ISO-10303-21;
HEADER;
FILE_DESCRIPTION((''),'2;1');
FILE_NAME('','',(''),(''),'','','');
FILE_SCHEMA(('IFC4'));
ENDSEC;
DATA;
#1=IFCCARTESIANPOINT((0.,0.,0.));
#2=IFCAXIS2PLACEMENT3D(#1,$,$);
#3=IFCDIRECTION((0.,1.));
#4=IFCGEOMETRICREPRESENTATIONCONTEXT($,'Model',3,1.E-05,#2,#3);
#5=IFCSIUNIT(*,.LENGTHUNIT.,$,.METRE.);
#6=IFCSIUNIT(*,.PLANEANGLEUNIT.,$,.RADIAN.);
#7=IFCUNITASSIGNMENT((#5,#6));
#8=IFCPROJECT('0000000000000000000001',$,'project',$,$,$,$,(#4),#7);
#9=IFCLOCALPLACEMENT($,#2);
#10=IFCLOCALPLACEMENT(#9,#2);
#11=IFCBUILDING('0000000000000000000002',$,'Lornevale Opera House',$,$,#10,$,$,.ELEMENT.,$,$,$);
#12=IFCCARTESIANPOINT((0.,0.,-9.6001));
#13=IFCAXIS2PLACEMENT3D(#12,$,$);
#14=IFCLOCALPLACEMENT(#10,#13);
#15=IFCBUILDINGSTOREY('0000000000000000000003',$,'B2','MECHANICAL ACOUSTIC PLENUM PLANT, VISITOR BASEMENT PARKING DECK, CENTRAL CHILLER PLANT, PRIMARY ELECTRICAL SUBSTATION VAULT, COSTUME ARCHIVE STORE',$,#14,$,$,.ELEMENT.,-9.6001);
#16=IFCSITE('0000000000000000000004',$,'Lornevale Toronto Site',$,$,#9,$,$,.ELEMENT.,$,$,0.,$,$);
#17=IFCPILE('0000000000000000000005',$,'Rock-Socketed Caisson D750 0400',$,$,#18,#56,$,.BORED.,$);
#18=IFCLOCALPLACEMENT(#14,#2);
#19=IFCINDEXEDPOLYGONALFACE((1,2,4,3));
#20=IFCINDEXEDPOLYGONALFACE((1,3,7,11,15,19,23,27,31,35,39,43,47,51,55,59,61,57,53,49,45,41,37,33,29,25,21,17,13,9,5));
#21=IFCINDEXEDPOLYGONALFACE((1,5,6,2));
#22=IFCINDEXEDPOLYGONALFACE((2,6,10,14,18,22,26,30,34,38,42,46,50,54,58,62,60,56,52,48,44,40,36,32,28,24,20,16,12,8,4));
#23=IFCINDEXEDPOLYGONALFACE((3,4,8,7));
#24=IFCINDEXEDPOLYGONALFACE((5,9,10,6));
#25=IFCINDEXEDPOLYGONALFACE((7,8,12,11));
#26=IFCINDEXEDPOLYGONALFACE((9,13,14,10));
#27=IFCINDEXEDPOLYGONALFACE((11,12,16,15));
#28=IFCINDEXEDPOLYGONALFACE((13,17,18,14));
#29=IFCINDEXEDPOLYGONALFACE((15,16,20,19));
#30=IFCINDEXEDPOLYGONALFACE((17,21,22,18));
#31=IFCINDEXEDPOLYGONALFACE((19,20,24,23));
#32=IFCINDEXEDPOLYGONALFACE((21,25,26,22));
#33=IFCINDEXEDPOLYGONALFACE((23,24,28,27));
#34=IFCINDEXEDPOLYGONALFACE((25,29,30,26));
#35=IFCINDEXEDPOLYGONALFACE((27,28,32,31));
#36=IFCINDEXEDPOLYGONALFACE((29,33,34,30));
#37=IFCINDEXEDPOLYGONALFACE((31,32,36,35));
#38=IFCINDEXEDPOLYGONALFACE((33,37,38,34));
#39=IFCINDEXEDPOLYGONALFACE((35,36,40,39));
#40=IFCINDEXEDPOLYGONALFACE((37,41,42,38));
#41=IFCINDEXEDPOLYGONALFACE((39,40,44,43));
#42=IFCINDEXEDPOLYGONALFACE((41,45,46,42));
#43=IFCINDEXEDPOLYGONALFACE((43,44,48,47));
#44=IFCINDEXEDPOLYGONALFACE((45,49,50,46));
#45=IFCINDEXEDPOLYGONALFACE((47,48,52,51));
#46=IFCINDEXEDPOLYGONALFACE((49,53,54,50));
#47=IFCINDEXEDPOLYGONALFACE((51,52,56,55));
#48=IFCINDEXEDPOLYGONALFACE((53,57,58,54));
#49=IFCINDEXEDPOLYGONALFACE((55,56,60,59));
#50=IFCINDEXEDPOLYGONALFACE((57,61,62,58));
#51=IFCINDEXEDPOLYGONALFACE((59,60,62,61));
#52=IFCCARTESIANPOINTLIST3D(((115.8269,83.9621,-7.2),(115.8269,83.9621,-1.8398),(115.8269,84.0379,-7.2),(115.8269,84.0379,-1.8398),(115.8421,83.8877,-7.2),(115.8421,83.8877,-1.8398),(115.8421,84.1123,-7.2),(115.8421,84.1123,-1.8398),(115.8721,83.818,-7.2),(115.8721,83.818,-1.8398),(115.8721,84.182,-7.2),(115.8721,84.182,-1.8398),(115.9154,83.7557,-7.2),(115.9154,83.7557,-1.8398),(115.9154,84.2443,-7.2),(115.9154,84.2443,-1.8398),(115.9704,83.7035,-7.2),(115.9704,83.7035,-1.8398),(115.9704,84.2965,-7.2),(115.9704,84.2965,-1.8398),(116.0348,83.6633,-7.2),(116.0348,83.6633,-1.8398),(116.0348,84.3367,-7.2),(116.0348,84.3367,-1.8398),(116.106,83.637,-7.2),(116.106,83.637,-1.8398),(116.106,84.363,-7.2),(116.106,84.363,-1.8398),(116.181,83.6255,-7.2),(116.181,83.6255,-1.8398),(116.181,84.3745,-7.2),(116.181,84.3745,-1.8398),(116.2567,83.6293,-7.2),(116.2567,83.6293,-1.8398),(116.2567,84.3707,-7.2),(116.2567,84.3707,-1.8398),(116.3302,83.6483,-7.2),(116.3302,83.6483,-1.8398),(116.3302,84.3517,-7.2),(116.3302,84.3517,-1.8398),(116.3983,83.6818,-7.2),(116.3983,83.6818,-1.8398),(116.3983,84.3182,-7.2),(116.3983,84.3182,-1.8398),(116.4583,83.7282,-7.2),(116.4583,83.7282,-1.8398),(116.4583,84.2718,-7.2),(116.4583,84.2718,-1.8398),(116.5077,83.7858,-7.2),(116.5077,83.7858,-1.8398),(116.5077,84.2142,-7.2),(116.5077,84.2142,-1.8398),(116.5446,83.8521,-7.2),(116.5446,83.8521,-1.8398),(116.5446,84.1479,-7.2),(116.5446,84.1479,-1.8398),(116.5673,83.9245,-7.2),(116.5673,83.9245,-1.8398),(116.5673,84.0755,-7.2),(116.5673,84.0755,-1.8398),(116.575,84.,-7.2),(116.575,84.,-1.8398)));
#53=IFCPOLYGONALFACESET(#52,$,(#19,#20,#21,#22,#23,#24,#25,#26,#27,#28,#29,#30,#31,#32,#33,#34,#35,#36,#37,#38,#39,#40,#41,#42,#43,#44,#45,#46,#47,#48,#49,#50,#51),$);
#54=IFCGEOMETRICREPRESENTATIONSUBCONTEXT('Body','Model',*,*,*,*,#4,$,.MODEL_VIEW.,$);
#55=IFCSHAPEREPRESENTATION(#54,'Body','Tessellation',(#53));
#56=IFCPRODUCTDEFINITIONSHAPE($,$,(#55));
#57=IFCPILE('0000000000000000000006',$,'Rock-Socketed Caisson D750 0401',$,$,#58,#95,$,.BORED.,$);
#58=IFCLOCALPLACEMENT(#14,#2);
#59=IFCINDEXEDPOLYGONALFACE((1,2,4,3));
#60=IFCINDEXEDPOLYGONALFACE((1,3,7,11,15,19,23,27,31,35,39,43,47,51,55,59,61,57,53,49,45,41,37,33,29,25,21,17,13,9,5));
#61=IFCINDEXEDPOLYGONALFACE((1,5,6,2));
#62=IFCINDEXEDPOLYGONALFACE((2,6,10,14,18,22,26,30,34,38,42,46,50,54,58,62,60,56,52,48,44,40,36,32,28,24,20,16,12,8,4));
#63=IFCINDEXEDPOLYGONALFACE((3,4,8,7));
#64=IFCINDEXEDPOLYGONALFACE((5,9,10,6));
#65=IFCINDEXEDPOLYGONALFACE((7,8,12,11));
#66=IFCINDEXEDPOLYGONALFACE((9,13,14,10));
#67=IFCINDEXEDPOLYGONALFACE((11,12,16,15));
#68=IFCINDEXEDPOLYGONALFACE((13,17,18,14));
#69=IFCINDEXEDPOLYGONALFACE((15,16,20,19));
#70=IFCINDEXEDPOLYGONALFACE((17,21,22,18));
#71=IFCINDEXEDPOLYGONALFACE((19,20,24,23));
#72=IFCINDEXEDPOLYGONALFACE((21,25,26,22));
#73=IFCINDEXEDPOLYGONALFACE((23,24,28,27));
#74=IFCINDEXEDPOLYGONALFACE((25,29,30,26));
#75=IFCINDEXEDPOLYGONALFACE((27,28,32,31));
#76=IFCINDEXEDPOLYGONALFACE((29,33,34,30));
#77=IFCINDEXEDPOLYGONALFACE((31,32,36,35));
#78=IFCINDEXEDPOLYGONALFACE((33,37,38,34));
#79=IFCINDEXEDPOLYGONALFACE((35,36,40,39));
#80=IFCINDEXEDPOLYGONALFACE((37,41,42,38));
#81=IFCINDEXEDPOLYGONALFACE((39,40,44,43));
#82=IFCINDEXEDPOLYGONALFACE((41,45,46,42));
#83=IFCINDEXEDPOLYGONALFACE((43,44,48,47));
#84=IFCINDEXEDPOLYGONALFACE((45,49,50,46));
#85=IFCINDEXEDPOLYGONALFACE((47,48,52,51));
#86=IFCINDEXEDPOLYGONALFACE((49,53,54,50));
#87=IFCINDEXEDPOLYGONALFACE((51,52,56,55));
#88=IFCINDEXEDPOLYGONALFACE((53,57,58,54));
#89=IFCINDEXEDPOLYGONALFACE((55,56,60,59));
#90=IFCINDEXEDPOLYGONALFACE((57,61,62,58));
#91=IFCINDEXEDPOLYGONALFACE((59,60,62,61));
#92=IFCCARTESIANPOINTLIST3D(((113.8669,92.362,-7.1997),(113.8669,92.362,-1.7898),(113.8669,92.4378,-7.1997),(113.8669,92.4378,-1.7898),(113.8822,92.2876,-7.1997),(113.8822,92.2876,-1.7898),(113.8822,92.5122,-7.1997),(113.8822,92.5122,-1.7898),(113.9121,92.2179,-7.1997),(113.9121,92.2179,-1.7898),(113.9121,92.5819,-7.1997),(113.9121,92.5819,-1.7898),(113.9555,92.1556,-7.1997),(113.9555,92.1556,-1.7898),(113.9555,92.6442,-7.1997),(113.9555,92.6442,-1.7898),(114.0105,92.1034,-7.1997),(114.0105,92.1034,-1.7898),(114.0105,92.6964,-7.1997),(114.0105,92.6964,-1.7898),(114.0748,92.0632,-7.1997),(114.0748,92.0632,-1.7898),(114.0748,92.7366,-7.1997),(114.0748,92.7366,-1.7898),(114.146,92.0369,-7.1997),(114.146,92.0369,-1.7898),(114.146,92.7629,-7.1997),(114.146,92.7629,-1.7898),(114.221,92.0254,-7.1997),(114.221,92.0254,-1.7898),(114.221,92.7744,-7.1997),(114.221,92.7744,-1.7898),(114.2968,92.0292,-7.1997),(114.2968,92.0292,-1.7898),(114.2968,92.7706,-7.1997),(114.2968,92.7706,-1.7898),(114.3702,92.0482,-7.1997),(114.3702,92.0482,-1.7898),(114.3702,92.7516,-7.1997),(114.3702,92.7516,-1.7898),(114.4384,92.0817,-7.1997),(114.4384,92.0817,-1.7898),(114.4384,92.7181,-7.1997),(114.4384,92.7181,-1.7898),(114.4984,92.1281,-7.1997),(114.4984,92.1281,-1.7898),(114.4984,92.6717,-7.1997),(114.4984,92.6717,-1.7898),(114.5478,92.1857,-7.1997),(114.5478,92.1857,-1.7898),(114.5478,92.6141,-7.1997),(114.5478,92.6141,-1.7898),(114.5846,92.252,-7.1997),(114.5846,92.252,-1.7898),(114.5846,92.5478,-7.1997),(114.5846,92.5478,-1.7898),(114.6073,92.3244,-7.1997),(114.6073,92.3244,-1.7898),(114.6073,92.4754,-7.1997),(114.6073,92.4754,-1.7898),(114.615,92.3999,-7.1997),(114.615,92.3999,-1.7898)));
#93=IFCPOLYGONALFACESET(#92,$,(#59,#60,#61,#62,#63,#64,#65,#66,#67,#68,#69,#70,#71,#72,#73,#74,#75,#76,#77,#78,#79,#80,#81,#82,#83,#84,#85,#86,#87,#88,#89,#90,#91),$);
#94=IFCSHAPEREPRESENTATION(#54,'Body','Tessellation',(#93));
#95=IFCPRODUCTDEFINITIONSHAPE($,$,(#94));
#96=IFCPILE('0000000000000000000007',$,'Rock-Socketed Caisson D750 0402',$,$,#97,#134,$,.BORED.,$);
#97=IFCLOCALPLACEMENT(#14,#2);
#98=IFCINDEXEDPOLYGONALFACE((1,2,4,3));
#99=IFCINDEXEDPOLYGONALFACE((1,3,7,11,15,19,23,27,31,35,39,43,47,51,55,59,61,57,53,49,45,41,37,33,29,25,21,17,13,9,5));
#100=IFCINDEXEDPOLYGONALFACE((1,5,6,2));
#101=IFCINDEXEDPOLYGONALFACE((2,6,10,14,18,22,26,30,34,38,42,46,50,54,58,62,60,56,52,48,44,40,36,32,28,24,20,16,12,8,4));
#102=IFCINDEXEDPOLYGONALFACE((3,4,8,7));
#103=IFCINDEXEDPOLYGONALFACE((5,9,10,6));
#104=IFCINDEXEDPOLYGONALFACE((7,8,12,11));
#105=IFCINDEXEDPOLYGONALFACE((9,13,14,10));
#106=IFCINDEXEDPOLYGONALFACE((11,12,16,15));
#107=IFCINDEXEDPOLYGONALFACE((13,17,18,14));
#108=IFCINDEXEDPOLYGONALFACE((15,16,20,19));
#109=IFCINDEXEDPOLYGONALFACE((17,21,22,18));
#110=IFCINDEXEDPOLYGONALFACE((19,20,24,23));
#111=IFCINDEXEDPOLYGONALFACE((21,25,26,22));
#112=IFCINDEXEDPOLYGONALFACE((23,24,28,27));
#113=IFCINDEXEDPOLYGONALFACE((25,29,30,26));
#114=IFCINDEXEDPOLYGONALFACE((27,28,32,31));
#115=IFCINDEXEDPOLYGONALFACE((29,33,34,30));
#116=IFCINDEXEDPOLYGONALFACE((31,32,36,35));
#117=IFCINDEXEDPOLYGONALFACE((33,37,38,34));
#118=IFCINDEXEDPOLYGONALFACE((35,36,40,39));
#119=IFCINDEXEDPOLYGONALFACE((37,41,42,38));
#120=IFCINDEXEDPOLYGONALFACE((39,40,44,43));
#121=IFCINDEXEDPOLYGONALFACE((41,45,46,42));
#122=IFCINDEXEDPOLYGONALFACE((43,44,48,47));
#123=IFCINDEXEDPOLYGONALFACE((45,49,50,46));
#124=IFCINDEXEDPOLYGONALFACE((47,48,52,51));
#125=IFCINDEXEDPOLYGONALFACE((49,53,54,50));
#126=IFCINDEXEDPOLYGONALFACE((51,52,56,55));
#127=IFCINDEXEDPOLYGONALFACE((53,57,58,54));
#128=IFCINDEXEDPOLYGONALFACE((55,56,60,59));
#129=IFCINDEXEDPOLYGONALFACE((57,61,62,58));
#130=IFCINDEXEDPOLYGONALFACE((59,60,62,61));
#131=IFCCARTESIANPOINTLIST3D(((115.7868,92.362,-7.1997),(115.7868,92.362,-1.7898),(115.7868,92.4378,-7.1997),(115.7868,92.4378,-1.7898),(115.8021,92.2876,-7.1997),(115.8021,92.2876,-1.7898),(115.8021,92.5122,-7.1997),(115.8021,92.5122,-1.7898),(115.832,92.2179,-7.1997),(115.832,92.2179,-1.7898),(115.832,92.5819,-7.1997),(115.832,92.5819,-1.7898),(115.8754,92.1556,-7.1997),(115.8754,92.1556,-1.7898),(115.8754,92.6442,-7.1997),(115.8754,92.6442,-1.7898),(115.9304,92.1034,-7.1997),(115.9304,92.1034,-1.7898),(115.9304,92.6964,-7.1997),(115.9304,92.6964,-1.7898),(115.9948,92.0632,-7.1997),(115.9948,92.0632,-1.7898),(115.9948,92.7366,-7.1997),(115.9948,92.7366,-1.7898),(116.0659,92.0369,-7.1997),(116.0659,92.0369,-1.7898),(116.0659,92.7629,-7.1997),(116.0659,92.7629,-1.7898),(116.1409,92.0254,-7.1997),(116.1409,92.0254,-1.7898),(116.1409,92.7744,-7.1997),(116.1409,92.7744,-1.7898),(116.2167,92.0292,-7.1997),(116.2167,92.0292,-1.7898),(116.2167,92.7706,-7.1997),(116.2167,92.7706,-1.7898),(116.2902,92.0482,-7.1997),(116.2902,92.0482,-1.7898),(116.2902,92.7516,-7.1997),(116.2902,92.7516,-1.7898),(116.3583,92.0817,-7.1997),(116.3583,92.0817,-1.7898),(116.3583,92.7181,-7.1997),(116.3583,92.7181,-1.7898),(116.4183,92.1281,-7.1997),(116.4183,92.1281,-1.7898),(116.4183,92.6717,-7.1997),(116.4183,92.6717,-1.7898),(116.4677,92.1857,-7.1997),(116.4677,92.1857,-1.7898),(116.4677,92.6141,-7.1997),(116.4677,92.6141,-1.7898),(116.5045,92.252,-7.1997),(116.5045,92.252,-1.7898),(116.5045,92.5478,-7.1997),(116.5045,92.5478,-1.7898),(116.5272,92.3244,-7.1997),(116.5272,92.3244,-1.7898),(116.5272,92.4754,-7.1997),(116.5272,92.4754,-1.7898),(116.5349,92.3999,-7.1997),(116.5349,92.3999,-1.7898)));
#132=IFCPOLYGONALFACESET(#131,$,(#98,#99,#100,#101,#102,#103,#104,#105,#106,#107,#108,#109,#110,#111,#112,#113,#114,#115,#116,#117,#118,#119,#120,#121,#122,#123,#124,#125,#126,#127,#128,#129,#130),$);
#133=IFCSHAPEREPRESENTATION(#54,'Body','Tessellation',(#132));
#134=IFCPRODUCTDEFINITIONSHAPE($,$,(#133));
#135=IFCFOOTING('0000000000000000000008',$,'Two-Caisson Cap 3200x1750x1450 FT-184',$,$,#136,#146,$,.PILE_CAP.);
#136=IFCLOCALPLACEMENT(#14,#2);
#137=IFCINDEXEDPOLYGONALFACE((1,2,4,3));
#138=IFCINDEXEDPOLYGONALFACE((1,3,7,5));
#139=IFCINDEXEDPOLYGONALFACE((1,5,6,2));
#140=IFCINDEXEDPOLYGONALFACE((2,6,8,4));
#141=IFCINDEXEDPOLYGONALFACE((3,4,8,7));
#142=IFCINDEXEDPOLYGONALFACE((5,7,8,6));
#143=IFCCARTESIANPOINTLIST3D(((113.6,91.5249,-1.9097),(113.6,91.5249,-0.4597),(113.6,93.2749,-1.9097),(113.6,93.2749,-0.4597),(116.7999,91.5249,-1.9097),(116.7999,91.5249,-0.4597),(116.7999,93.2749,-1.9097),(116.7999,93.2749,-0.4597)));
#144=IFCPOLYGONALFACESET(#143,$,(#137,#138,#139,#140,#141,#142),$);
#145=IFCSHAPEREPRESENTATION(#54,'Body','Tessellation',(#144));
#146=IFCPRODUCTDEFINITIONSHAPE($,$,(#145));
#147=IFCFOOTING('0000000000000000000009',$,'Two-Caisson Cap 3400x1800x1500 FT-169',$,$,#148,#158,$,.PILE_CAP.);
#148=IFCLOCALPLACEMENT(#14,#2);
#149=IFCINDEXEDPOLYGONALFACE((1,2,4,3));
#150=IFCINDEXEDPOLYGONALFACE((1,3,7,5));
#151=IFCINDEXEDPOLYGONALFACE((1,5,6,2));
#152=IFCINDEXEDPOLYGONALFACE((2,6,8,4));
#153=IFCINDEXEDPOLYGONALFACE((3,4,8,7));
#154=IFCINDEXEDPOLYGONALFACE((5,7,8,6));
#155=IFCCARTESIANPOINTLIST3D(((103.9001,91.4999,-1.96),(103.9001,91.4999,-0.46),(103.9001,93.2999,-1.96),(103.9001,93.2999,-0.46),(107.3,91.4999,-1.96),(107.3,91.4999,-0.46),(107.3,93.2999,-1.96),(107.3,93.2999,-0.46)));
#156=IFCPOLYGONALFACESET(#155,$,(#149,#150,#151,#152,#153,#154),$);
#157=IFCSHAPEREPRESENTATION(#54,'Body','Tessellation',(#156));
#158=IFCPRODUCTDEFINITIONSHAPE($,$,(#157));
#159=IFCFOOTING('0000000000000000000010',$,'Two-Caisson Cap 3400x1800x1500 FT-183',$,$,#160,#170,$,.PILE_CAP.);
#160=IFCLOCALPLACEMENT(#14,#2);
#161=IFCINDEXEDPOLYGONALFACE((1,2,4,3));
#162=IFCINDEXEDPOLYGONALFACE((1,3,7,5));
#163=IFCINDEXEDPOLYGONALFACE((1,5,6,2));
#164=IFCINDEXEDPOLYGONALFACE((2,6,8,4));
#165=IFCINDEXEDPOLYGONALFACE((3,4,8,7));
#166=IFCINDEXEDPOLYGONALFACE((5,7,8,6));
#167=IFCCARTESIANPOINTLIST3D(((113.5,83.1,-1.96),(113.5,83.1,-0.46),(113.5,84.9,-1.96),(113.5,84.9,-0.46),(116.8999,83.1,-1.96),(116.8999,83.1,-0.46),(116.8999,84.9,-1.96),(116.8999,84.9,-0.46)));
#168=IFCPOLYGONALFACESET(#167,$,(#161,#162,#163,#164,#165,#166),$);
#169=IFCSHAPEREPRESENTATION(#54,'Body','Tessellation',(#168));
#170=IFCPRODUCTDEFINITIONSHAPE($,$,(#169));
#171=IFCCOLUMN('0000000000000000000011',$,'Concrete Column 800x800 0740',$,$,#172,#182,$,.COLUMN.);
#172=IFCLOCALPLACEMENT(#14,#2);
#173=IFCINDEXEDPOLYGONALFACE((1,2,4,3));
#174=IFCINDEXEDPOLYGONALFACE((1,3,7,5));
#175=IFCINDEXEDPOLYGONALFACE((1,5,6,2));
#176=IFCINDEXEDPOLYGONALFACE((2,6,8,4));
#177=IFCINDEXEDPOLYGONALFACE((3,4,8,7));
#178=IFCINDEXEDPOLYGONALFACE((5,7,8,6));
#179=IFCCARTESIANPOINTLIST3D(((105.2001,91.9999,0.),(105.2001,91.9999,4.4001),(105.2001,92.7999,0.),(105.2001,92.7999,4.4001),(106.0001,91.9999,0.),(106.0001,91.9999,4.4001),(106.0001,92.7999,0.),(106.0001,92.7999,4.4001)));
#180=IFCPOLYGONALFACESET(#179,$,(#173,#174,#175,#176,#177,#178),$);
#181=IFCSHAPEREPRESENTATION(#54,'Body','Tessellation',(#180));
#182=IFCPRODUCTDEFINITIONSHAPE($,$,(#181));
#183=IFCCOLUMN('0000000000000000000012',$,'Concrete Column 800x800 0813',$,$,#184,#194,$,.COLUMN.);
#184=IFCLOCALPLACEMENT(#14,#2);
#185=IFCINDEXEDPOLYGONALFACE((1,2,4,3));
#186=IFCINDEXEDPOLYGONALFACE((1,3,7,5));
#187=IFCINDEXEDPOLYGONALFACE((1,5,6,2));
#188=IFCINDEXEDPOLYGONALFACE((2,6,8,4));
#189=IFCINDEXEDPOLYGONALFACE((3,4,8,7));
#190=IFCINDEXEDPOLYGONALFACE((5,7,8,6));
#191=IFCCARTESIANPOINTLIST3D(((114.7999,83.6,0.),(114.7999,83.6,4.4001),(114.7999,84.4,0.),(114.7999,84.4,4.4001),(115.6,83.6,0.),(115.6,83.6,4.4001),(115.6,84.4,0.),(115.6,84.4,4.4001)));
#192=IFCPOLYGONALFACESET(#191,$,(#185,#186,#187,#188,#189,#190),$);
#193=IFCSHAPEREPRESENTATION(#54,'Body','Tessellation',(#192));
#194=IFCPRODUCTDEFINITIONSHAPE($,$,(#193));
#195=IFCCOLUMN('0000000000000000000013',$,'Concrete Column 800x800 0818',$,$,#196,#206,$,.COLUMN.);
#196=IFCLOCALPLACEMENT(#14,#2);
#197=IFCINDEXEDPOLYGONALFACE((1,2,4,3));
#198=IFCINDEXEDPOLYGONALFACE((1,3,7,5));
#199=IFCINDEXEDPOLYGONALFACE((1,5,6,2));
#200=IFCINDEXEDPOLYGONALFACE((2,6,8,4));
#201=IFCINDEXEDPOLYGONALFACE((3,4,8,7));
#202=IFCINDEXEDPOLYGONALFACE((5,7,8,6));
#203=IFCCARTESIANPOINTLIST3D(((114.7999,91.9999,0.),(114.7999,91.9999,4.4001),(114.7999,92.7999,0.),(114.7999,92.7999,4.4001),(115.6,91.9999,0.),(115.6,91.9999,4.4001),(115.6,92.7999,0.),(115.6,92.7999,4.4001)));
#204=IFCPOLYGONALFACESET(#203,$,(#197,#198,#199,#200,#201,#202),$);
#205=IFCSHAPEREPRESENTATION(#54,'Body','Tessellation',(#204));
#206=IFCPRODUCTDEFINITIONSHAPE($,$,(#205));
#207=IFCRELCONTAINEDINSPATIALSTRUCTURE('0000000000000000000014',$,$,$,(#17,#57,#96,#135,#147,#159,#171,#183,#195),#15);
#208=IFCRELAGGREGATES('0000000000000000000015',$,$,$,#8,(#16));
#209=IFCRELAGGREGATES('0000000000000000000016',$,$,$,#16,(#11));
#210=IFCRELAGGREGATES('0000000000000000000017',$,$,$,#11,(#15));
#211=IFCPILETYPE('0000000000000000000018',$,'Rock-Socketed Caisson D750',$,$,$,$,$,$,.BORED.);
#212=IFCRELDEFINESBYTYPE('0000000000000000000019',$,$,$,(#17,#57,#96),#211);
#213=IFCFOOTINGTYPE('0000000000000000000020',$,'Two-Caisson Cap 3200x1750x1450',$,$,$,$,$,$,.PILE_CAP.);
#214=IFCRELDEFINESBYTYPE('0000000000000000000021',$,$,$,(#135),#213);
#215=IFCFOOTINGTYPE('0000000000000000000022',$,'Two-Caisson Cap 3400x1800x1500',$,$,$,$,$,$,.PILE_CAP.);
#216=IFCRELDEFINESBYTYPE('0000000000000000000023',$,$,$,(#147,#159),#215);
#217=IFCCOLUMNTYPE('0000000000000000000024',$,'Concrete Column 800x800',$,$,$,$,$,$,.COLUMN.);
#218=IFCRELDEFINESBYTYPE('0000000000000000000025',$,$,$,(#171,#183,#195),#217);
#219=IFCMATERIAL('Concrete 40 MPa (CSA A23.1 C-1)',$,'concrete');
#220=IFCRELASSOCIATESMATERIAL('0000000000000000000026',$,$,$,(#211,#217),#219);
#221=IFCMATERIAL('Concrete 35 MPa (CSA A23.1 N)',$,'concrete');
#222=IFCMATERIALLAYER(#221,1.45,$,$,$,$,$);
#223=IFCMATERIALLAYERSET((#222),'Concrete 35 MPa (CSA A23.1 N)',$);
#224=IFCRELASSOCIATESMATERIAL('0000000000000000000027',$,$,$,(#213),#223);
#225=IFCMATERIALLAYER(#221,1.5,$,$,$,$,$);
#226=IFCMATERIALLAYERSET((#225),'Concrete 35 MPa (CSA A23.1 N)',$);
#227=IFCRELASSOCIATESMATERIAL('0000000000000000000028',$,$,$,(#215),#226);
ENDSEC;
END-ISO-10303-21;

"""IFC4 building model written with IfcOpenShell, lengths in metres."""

from ifc_helpers import new_model, si_unit, direction, frame, origin, origin_2d, place, context, subcontext, project, spatial, rectangle, circle, extrude, material, layer, layer_set, material_profile, profile_set, type_object, element, save


model = new_model("IFC4")

# Units and contexts
model_context = context("Model", 3, precision=1e-05, world=origin(), true_north=direction((0.0, 1.0)))
body_context = subcontext(model_context, "Body", "Model", "MODEL_VIEW")
ifc_project = project(units=[si_unit("LENGTHUNIT", "METRE"), si_unit("PLANEANGLEUNIT", "RADIAN")], contexts=[model_context])

# Site, building, storey
site_placement = place(None, origin())
site = spatial("IfcSite", under=ifc_project, at=site_placement, Name="Lornevale Toronto Site", CompositionType="ELEMENT", RefElevation=0.0)
building_placement = place(site_placement, origin())
building = spatial("IfcBuilding", under=site, at=building_placement, Name="Lornevale Opera House", CompositionType="ELEMENT")
storey_placement = place(building_placement, frame((0.0, 0.0, -9.6001)))
storey = spatial("IfcBuildingStorey", under=building, at=storey_placement, Name="B2", Description="MECHANICAL ACOUSTIC PLENUM PLANT, VISITOR BASEMENT PARKING DECK, CENTRAL CHILLER PLANT, PRIMARY ELECTRICAL SUBSTATION VAULT, COSTUME ARCHIVE STORE", CompositionType="ELEMENT", Elevation=-9.6001)

# Shared definitions
ifc_material_1 = material(Name="Concrete 35 MPa (CSA A23.1 N)", Category="concrete")

# Piles
ifc_material_2 = material(Name="Concrete 40 MPa (CSA A23.1 C-1)", Category="concrete")
ifc_material_profile_1 = material_profile(ifc_material_2, circle(Radius=0.375, at=origin_2d()), Name="CAIS750")
ifc_profile_set_1 = profile_set([ifc_material_profile_1], Name="Concrete 40 MPa (CSA A23.1 C-1)")
pile_type_1 = type_object("IfcPileType", Name="Rock-Socketed Caisson D750", PredefinedType="BORED", material=ifc_profile_set_1)
for number, where, z_axis, x_axis, name in (
    (1, (116.2, 84.0, -1.8398), (0.0, 0.0, -1.0), (1.0, 0.0, 0.0), "Rock-Socketed Caisson D750 0400"),
):
    element("IfcPile", number, at=place(storey_placement, frame(where, z_axis=z_axis, x_axis=x_axis)), inside=storey, type_object=pile_type_1, Name=name, PredefinedType="BORED", context=body_context, shape_type="SweptSolid", body=[
        extrude(circle(Radius=0.375, at=origin_2d()), origin(), (0.0, 0.0, 1.0), 5.3601),
    ])
for number, where, z_axis, x_axis, name in (
    (2, (114.24, 92.3999, -1.7898), (0.0, 0.0, -1.0), (1.0, 0.0, 0.0), "Rock-Socketed Caisson D750 0401"),
    (3, (116.1599, 92.3999, -1.7898), (0.0, 0.0, -1.0), (1.0, 0.0, 0.0), "Rock-Socketed Caisson D750 0402"),
):
    element("IfcPile", number, at=place(storey_placement, frame(where, z_axis=z_axis, x_axis=x_axis)), inside=storey, type_object=pile_type_1, Name=name, PredefinedType="BORED", context=body_context, shape_type="SweptSolid", body=[
        extrude(circle(Radius=0.375, at=origin_2d()), origin(), (0.0, 0.0, 1.0), 5.4099),
    ])

# Footings
ifc_layer_1 = layer(ifc_material_1, 1.45)
ifc_layer_set_1 = layer_set([ifc_layer_1], Name="Concrete 35 MPa (CSA A23.1 N)")
footing_type_1 = type_object("IfcFootingType", Name="Two-Caisson Cap 3200x1750x1450", PredefinedType="PILE_CAP", material=ifc_layer_set_1)
footing_1_placement = place(storey_placement, frame((115.2, 92.3999, -1.9097), z_axis=(0.0, 0.0, 1.0), x_axis=(1.0, 0.0, 0.0)))
element("IfcFooting", 4, at=footing_1_placement, inside=storey, type_object=footing_type_1, Name="Two-Caisson Cap 3200x1750x1450 FT-184", PredefinedType="PILE_CAP", context=body_context, shape_type="SweptSolid", body=[
    extrude(rectangle(XDim=3.2, YDim=1.75, at=origin_2d()), origin(), (0.0, 0.0, 1.0), 1.45),
])
ifc_layer_2 = layer(ifc_material_1, 1.5)
ifc_layer_set_2 = layer_set([ifc_layer_2], Name="Concrete 35 MPa (CSA A23.1 N)")
footing_type_2 = type_object("IfcFootingType", Name="Two-Caisson Cap 3400x1800x1500", PredefinedType="PILE_CAP", material=ifc_layer_set_2)
for number, where, z_axis, x_axis, name in (
    (5, (105.6001, 92.3999, -1.96), (0.0, 0.0, 1.0), (1.0, 0.0, 0.0), "Two-Caisson Cap 3400x1800x1500 FT-169"),
    (6, (115.2, 84.0, -1.96), (0.0, 0.0, 1.0), (1.0, 0.0, 0.0), "Two-Caisson Cap 3400x1800x1500 FT-183"),
):
    element("IfcFooting", number, at=place(storey_placement, frame(where, z_axis=z_axis, x_axis=x_axis)), inside=storey, type_object=footing_type_2, Name=name, PredefinedType="PILE_CAP", context=body_context, shape_type="SweptSolid", body=[
        extrude(rectangle(XDim=3.3999, YDim=1.8, at=origin_2d()), origin(), (0.0, 0.0, 1.0), 1.5),
    ])

# Columns
ifc_material_profile_2 = material_profile(ifc_material_2, rectangle(XDim=0.8, YDim=0.8, at=origin_2d()), Name="RC800x800")
ifc_profile_set_2 = profile_set([ifc_material_profile_2], Name="Concrete 40 MPa (CSA A23.1 C-1)")
column_type_1 = type_object("IfcColumnType", Name="Concrete Column 800x800", PredefinedType="COLUMN", material=ifc_profile_set_2)
for number, where, z_axis, x_axis, name in (
    (7, (105.6001, 92.3999, 0.0), (0.0, 0.0, 1.0), (1.0, 0.0, 0.0), "Concrete Column 800x800 0740"),
    (8, (115.2, 84.0, 0.0), (0.0, 0.0, 1.0), (1.0, 0.0, 0.0), "Concrete Column 800x800 0813"),
    (9, (115.2, 92.3999, 0.0), (0.0, 0.0, 1.0), (1.0, 0.0, 0.0), "Concrete Column 800x800 0818"),
):
    element("IfcColumn", number, at=place(storey_placement, frame(where, z_axis=z_axis, x_axis=x_axis)), inside=storey, type_object=column_type_1, Name=name, PredefinedType="COLUMN", context=body_context, shape_type="SweptSolid", body=[
        extrude(rectangle(XDim=0.8, YDim=0.8, at=origin_2d()), origin(), (0.0, 0.0, 1.0), 4.4001),
    ])

save(model, "model.ifc")
